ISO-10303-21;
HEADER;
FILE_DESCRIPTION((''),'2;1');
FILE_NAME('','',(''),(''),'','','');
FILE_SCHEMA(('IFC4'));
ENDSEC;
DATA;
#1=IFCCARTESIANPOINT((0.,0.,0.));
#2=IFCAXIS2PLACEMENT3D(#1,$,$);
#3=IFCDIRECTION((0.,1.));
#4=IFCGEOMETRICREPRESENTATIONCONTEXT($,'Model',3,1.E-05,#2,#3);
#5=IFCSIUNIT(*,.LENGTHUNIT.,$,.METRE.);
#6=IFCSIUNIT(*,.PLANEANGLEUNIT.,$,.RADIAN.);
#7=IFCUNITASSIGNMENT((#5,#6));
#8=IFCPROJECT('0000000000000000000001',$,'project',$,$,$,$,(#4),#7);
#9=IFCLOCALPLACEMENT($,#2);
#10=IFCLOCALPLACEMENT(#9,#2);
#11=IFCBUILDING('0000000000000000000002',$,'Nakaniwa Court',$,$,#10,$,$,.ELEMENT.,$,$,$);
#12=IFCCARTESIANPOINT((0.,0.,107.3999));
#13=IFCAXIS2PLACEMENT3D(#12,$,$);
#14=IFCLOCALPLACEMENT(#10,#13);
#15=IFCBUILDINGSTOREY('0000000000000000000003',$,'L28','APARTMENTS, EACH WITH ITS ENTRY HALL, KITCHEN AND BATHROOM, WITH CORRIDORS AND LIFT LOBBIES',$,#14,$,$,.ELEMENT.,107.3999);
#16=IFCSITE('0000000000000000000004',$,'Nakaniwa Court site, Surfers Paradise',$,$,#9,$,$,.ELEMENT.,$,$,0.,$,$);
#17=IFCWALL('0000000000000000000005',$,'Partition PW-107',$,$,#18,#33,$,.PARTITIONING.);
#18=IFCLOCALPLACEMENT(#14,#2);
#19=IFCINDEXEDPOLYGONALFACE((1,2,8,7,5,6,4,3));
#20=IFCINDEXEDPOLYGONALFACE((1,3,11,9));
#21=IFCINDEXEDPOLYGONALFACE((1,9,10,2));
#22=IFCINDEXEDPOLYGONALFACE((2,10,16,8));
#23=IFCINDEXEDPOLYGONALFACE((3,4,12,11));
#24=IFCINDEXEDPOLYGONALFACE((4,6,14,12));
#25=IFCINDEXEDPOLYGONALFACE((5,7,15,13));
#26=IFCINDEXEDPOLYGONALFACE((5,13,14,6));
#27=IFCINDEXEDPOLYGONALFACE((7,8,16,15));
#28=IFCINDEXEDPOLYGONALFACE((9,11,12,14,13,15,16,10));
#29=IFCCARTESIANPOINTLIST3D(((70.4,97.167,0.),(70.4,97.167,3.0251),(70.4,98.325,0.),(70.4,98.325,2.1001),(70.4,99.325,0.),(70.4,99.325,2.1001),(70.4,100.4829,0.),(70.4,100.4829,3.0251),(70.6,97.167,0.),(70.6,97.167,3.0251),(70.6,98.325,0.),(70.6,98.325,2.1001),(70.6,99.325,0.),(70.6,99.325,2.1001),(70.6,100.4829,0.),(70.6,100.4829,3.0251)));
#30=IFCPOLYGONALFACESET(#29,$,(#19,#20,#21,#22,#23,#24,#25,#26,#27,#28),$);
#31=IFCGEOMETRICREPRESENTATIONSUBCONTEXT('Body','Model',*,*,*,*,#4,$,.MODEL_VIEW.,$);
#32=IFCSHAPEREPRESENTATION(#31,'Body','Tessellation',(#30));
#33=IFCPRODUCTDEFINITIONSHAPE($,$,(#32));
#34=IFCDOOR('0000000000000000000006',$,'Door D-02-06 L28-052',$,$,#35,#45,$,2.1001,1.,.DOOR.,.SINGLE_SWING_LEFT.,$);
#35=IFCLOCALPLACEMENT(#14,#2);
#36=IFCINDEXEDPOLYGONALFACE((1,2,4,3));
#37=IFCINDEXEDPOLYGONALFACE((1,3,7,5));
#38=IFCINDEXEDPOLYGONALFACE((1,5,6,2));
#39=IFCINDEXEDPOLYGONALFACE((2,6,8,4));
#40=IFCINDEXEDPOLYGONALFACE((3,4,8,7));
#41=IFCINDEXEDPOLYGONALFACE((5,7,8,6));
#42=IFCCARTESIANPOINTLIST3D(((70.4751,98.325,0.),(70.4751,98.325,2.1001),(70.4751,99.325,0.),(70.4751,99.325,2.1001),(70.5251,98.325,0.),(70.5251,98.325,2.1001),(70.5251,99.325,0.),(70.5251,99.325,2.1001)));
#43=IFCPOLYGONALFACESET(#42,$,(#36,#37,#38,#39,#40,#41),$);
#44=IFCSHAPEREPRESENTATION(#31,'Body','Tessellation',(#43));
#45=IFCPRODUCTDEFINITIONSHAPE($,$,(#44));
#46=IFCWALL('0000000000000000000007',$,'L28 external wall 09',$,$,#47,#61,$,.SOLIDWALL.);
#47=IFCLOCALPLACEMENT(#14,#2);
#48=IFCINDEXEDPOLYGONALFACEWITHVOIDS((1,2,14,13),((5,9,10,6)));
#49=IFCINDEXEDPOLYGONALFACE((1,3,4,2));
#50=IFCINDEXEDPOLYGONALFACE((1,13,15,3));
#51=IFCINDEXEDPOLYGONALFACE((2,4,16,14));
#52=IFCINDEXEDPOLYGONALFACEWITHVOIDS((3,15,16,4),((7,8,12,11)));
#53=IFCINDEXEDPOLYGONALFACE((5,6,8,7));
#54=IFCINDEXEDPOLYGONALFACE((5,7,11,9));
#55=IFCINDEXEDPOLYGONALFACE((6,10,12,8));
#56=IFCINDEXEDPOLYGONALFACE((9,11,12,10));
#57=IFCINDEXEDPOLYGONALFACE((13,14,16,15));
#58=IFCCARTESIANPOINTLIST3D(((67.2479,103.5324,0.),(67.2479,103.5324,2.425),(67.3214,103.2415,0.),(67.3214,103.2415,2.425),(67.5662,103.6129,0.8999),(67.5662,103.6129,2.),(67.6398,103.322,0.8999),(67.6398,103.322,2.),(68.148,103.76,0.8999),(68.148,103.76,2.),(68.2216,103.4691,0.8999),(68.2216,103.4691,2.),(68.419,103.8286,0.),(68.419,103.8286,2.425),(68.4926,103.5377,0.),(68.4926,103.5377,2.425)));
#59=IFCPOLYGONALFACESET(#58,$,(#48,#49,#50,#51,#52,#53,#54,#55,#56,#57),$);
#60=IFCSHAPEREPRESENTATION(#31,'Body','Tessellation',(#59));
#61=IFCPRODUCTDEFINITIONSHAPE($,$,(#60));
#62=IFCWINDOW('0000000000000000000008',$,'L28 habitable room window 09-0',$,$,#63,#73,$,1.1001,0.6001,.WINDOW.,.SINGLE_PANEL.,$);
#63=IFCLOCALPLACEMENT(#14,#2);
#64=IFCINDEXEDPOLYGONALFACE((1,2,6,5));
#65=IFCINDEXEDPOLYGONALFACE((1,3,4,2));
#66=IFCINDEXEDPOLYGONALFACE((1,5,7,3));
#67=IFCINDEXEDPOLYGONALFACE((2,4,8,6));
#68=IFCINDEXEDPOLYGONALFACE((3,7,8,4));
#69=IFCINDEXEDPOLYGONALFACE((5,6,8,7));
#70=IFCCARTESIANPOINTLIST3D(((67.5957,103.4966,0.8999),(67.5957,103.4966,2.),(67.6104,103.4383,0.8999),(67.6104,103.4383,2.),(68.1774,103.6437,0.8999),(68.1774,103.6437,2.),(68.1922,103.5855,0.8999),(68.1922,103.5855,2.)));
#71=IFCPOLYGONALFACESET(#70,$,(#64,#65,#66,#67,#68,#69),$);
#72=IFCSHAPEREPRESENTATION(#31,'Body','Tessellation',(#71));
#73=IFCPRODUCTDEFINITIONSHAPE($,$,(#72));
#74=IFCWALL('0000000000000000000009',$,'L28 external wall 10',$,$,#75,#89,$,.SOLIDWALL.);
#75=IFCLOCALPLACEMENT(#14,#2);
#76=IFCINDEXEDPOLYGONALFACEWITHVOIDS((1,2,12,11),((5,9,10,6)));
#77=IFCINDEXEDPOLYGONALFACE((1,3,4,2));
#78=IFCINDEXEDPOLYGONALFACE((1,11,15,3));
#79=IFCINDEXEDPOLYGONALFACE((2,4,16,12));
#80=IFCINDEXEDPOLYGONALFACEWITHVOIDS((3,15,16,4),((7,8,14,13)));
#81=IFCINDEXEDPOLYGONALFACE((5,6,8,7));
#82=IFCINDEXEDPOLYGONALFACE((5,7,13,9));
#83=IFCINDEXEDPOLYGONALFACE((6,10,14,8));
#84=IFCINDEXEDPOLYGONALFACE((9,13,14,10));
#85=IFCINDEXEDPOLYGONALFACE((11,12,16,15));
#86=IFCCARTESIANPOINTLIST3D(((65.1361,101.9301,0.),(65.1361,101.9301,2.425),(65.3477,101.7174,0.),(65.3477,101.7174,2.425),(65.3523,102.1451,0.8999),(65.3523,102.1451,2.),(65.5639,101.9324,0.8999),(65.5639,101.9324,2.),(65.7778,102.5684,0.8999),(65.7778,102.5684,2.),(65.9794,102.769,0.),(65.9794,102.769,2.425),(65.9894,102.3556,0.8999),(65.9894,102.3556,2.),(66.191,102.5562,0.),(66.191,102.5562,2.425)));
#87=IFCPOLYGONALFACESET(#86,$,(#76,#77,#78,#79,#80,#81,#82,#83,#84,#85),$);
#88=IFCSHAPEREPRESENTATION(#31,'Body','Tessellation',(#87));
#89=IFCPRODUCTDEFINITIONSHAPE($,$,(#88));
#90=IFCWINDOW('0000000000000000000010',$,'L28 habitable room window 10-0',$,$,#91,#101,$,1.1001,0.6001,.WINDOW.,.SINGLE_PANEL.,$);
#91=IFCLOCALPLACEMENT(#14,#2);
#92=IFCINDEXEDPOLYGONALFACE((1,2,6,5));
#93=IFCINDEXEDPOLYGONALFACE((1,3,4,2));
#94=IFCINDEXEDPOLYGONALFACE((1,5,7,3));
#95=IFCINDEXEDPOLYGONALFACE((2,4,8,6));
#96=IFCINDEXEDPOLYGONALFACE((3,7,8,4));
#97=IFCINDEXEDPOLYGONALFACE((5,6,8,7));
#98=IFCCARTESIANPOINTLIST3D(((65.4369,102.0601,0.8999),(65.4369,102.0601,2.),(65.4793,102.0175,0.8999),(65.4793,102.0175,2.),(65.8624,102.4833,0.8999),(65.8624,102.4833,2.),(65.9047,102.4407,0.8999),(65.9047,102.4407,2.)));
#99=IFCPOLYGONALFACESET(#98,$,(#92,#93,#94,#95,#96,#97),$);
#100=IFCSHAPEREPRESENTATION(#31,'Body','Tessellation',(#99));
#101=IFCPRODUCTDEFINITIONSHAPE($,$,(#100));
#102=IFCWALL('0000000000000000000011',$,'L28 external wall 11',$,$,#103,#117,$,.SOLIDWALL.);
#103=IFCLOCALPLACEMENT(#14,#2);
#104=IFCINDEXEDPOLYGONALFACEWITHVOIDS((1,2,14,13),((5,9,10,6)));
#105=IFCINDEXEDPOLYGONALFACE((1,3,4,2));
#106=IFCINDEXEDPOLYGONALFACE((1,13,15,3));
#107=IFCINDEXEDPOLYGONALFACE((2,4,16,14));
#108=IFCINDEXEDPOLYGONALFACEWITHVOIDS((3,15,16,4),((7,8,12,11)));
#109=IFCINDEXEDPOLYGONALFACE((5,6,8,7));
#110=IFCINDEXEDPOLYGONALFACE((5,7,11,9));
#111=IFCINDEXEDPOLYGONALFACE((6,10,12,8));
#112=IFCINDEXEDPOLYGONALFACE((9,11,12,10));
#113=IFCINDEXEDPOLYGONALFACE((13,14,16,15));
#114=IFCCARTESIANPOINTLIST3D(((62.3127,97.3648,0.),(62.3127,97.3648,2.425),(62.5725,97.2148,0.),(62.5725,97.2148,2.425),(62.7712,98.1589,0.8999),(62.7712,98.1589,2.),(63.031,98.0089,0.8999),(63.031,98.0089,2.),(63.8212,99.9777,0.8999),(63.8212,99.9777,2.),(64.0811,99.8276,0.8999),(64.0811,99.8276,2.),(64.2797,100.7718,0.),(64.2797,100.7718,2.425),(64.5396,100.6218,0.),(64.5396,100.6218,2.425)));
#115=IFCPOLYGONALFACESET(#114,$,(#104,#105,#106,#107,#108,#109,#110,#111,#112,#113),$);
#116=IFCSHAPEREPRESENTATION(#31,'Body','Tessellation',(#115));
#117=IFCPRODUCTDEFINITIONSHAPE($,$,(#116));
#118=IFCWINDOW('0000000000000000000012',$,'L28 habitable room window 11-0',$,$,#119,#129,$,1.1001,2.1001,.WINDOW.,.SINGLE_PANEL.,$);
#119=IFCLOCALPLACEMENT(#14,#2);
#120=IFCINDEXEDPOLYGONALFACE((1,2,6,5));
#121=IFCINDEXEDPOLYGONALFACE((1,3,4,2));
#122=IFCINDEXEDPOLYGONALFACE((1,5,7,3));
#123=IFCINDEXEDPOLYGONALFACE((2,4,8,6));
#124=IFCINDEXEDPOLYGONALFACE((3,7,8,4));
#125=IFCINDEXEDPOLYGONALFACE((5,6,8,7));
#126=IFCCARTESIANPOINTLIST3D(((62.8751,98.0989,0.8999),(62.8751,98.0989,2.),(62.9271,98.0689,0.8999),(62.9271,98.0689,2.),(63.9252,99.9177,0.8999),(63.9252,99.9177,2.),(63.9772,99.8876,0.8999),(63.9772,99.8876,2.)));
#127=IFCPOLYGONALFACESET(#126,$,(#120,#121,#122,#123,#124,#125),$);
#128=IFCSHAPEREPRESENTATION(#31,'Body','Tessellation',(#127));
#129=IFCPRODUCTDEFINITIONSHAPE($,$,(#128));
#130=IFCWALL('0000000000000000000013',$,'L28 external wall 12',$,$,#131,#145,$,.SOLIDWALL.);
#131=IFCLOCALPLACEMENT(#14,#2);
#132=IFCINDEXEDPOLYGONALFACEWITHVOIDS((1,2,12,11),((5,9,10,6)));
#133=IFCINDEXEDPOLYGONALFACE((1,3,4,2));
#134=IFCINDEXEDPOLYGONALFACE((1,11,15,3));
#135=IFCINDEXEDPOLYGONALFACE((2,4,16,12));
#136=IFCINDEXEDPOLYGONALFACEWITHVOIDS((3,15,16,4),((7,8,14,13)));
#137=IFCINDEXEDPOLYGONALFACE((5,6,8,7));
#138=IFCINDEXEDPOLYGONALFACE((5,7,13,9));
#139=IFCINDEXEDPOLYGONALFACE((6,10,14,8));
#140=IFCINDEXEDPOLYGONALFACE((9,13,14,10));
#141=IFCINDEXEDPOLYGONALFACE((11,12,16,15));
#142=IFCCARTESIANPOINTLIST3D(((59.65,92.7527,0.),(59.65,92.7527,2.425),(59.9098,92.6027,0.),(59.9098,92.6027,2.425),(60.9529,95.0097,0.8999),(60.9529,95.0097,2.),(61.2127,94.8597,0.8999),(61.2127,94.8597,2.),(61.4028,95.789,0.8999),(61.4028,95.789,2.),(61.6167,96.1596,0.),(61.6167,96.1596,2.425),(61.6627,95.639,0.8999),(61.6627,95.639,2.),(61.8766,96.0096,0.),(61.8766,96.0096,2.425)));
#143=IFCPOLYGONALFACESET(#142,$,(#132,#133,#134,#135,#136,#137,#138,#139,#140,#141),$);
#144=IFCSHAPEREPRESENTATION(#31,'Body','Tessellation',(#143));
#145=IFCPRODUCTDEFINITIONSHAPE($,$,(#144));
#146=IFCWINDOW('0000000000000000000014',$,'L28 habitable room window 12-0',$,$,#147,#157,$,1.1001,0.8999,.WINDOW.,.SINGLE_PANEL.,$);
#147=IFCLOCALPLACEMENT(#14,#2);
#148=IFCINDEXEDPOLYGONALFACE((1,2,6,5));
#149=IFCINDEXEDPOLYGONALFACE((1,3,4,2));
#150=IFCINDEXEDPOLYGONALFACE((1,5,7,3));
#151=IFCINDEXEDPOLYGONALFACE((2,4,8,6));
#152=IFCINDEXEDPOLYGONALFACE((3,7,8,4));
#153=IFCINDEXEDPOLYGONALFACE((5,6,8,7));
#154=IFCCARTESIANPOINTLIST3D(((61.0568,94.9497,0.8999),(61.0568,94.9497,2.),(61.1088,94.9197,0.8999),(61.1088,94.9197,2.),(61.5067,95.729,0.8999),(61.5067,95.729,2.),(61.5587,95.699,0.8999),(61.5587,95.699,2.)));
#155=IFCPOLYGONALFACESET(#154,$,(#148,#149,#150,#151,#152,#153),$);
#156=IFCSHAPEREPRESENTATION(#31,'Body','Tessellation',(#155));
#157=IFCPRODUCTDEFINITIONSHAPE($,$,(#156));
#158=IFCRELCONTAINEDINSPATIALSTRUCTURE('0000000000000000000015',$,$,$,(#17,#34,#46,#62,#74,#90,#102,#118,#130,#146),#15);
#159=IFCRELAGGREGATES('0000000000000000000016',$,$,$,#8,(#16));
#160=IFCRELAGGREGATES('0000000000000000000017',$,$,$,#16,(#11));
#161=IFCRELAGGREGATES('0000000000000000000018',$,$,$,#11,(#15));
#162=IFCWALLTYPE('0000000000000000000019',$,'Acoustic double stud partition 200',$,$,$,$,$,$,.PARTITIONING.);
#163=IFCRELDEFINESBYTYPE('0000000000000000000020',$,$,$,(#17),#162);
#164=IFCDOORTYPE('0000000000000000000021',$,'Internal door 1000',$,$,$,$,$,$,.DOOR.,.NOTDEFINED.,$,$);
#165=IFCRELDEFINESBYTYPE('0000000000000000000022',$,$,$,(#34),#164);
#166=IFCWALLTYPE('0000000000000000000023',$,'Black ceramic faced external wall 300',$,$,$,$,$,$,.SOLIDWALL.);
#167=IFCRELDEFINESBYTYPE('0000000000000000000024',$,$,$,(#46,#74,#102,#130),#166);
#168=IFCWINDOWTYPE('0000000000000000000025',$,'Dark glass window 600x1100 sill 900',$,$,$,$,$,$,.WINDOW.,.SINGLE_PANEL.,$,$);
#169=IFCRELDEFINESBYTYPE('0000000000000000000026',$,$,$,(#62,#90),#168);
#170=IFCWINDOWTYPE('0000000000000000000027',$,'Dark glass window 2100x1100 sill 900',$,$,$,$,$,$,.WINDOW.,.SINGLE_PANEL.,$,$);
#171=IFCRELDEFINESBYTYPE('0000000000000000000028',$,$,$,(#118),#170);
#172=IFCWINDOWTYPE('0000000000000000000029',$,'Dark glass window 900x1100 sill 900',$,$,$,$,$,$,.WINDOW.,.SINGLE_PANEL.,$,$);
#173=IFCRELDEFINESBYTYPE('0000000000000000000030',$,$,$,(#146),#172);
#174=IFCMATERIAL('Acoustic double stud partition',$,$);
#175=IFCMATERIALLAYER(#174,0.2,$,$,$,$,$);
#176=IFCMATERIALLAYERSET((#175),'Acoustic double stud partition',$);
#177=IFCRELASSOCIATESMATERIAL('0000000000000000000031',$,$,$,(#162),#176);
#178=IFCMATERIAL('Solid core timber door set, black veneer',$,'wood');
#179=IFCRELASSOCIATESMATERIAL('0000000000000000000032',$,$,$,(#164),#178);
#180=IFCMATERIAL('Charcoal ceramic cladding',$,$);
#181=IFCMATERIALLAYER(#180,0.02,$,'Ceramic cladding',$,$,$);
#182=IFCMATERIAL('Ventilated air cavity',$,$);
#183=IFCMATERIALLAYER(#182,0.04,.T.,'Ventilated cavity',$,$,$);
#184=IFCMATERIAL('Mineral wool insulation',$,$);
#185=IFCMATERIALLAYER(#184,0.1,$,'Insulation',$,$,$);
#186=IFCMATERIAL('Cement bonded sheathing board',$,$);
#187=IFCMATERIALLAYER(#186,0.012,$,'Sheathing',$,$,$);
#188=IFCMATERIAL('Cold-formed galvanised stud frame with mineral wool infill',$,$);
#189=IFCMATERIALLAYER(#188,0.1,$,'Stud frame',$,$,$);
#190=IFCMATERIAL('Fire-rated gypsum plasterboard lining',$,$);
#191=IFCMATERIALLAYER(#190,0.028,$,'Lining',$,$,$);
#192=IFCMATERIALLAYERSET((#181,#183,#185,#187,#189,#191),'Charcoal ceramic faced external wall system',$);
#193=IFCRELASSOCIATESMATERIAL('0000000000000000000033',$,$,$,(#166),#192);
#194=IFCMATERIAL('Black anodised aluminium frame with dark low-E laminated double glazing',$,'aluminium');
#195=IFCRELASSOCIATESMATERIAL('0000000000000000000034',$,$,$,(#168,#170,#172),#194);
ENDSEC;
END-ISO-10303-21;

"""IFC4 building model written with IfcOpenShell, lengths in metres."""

from ifc_helpers import new_model, si_unit, direction, frame, frame_2d, origin, place, context, subcontext, project, spatial, rectangle, extrude, material, layer, layer_set, type_object, element, fill, save


model = new_model("IFC4")

# Units and contexts
model_context = context("Model", 3, precision=1e-05, world=origin(), true_north=direction((0.0, 1.0)))
body_context = subcontext(model_context, "Body", "Model", "MODEL_VIEW")
ifc_project = project(units=[si_unit("LENGTHUNIT", "METRE"), si_unit("PLANEANGLEUNIT", "RADIAN")], contexts=[model_context])

# Site, building, storey
site_placement = place(None, origin())
site = spatial("IfcSite", under=ifc_project, at=site_placement, Name="Nakaniwa Court site, Surfers Paradise", CompositionType="ELEMENT", RefElevation=0.0)
building_placement = place(site_placement, origin())
building = spatial("IfcBuilding", under=site, at=building_placement, Name="Nakaniwa Court", CompositionType="ELEMENT")
storey_placement = place(building_placement, frame((0.0, 0.0, 107.3999)))
storey = spatial("IfcBuildingStorey", under=building, at=storey_placement, Name="L28", Description="APARTMENTS, EACH WITH ITS ENTRY HALL, KITCHEN AND BATHROOM, WITH CORRIDORS AND LIFT LOBBIES", CompositionType="ELEMENT", Elevation=107.3999)

# Shared definitions
ifc_material_1 = material(Name="Acoustic double stud partition")
ifc_layer_1 = layer(ifc_material_1, 0.2)
ifc_layer_set_1 = layer_set([ifc_layer_1], Name="Acoustic double stud partition")
wall_type_1 = type_object("IfcWallType", Name="Acoustic double stud partition 200", PredefinedType="PARTITIONING", material=ifc_layer_set_1)

# Wall, opening, door
wall_1_placement = place(storey_placement, frame((70.5, 97.167, 0.0), z_axis=(0.0, 0.0, 1.0), x_axis=(0.0, 1.0, 0.0)))
wall_1 = element("IfcWall", 1, at=wall_1_placement, inside=storey, type_object=wall_type_1, Name="Partition PW-107", PredefinedType="PARTITIONING", context=body_context, shape_type="SweptSolid", body=[
    extrude(rectangle(XDim=3.3159, YDim=0.2, at=frame_2d((1.658, 0.0))), origin(), (0.0, 0.0, 1.0), 3.0251),
])
opening_1_placement = place(wall_1_placement, frame((1.158, 0.0, 0.0)))
opening_1 = element("IfcOpeningElement", 2, at=opening_1_placement, cuts=wall_1, PredefinedType="OPENING", context=body_context, shape_type="SweptSolid", body=[
    extrude(rectangle(XDim=1.0, YDim=2.1001, at=frame_2d((0.5, 1.05))), frame((0.0, 0.1099, 0.0), z_axis=(0.0, -1.0, 0.0), x_axis=(1.0, 0.0, 0.0)), (0.0, 0.0, 1.0), 0.22),
])
ifc_material_2 = material(Name="Solid core timber door set, black veneer", Category="wood")
door_type = type_object("IfcDoorType", Name="Internal door 1000", OperationType="NOTDEFINED", PredefinedType="DOOR", material=ifc_material_2)
door_placement = place(opening_1_placement, origin())
door = element("IfcDoor", 3, at=door_placement, inside=storey, type_object=door_type, Name="Door D-02-06 L28-052", OperationType="SINGLE_SWING_LEFT", OverallHeight=2.1001, OverallWidth=1.0, PredefinedType="DOOR", context=body_context, shape_type="SweptSolid", body=[
    extrude(rectangle(XDim=1.0, YDim=2.1001, at=frame_2d((0.5, 1.05))), frame((0.0, 0.0249, 0.0), z_axis=(0.0, -1.0, 0.0), x_axis=(1.0, 0.0, 0.0)), (0.0, 0.0, 1.0), 0.05),
])
fill(opening_1, door)

# Walls, openings, windows
ifc_material_3 = material(Name="Charcoal ceramic cladding")
ifc_layer_2 = layer(ifc_material_3, 0.02, Name="Ceramic cladding")
ifc_material_4 = material(Name="Ventilated air cavity")
ifc_layer_3 = layer(ifc_material_4, 0.04, ventilated=True, Name="Ventilated cavity")
ifc_material_5 = material(Name="Mineral wool insulation")
ifc_layer_4 = layer(ifc_material_5, 0.1, Name="Insulation")
ifc_material_6 = material(Name="Cement bonded sheathing board")
ifc_layer_5 = layer(ifc_material_6, 0.012, Name="Sheathing")
ifc_material_7 = material(Name="Cold-formed galvanised stud frame with mineral wool infill")
ifc_layer_6 = layer(ifc_material_7, 0.1, Name="Stud frame")
ifc_material_8 = material(Name="Fire-rated gypsum plasterboard lining")
ifc_layer_7 = layer(ifc_material_8, 0.028, Name="Lining")
ifc_layer_set_2 = layer_set([ifc_layer_2, ifc_layer_3, ifc_layer_4, ifc_layer_5, ifc_layer_6, ifc_layer_7], Name="Charcoal ceramic faced external wall system")
wall_type_2 = type_object("IfcWallType", Name="Black ceramic faced external wall 300", PredefinedType="SOLIDWALL", material=ifc_layer_set_2)
wall_2_placement = place(storey_placement, frame((68.4558, 103.6831, 0.0), z_axis=(0.0, 0.0, 1.0), x_axis=(-0.969485, -0.24515, 0.0)))
wall_2 = element("IfcWall", 4, at=wall_2_placement, inside=storey, type_object=wall_type_2, Name="L28 external wall 09", PredefinedType="SOLIDWALL", context=body_context, shape_type="SweptSolid", body=[
    extrude(rectangle(XDim=1.208, YDim=0.3, at=frame_2d((0.604, 0.0))), origin(), (0.0, 0.0, 1.0), 2.425),
])
opening_2_placement = place(wall_2_placement, frame((0.2795, 0.0, 0.8999)))
opening_2 = element("IfcOpeningElement", 5, at=opening_2_placement, cuts=wall_2, PredefinedType="OPENING", context=body_context, shape_type="SweptSolid", body=[
    extrude(rectangle(XDim=0.6001, YDim=1.1001, at=frame_2d((0.3, 0.55))), frame((0.0, 0.1599, 0.0), z_axis=(0.0, -1.0, 0.0), x_axis=(1.0, 0.0, 0.0)), (0.0, 0.0, 1.0), 0.3201),
])
ifc_material_9 = material(Name="Black anodised aluminium frame with dark low-E laminated double glazing", Category="aluminium")
window_type_1 = type_object("IfcWindowType", Name="Dark glass window 600x1100 sill 900", PartitioningType="SINGLE_PANEL", PredefinedType="WINDOW", material=ifc_material_9)
window_1_placement = place(opening_2_placement, origin())
window_1 = element("IfcWindow", 6, at=window_1_placement, inside=storey, type_object=window_type_1, Name="L28 habitable room window 09-0", OverallHeight=1.1001, OverallWidth=0.6001, PartitioningType="SINGLE_PANEL", PredefinedType="WINDOW", context=body_context, shape_type="SweptSolid", body=[
    extrude(rectangle(XDim=0.6001, YDim=1.1001, at=frame_2d((0.3, 0.55))), frame((0.0, 0.03, 0.0), z_axis=(0.0, -1.0, 0.0), x_axis=(1.0, 0.0, 0.0)), (0.0, 0.0, 1.0), 0.0601),
])
fill(opening_2, window_1)
wall_3_placement = place(storey_placement, frame((66.0852, 102.6626, 0.0), z_axis=(0.0, 0.0, 1.0), x_axis=(-0.708952, -0.705257, 0.0)))
wall_3 = element("IfcWall", 7, at=wall_3_placement, inside=storey, type_object=wall_type_2, Name="L28 external wall 10", PredefinedType="SOLIDWALL", context=body_context, shape_type="SweptSolid", body=[
    extrude(rectangle(XDim=1.1895, YDim=0.3, at=frame_2d((0.5947, 0.0))), origin(), (0.0, 0.0, 1.0), 2.425),
])
opening_3_placement = place(wall_3_placement, frame((0.2844, 0.0, 0.8999)))
opening_3 = element("IfcOpeningElement", 8, at=opening_3_placement, cuts=wall_3, PredefinedType="OPENING", context=body_context, shape_type="SweptSolid", body=[
    extrude(rectangle(XDim=0.6001, YDim=1.1001, at=frame_2d((0.3, 0.55))), frame((0.0, 0.1599, 0.0), z_axis=(0.0, -1.0, 0.0), x_axis=(1.0, 0.0, 0.0)), (0.0, 0.0, 1.0), 0.3201),
])
window_2_placement = place(opening_3_placement, origin())
window_2 = element("IfcWindow", 9, at=window_2_placement, inside=storey, type_object=window_type_1, Name="L28 habitable room window 10-0", OverallHeight=1.1001, OverallWidth=0.6001, PartitioningType="SINGLE_PANEL", PredefinedType="WINDOW", context=body_context, shape_type="SweptSolid", body=[
    extrude(rectangle(XDim=0.6001, YDim=1.1001, at=frame_2d((0.3, 0.55))), frame((0.0, 0.03, 0.0), z_axis=(0.0, -1.0, 0.0), x_axis=(1.0, 0.0, 0.0)), (0.0, 0.0, 1.0), 0.0601),
])
fill(opening_3, window_2)
wall_4_placement = place(storey_placement, frame((64.4097, 100.6968, 0.0), z_axis=(0.0, 0.0, 1.0), x_axis=(-0.500004, -0.866023, 0.0)))
wall_4 = element("IfcWall", 10, at=wall_4_placement, inside=storey, type_object=wall_type_2, Name="L28 external wall 11", PredefinedType="SOLIDWALL", context=body_context, shape_type="SweptSolid", body=[
    extrude(rectangle(XDim=3.9341, YDim=0.3, at=frame_2d((1.967, 0.0))), origin(), (0.0, 0.0, 1.0), 2.425),
])
opening_4_placement = place(wall_4_placement, frame((0.917, 0.0, 0.8999)))
opening_4 = element("IfcOpeningElement", 11, at=opening_4_placement, cuts=wall_4, PredefinedType="OPENING", context=body_context, shape_type="SweptSolid", body=[
    extrude(rectangle(XDim=2.1001, YDim=1.1001, at=frame_2d((1.05, 0.55))), frame((0.0, 0.1599, 0.0), z_axis=(0.0, -1.0, 0.0), x_axis=(1.0, 0.0, 0.0)), (0.0, 0.0, 1.0), 0.3201),
])
window_type_2 = type_object("IfcWindowType", Name="Dark glass window 2100x1100 sill 900", PartitioningType="SINGLE_PANEL", PredefinedType="WINDOW", material=ifc_material_9)
window_3_placement = place(opening_4_placement, origin())
window_3 = element("IfcWindow", 12, at=window_3_placement, inside=storey, type_object=window_type_2, Name="L28 habitable room window 11-0", OverallHeight=1.1001, OverallWidth=2.1001, PartitioningType="SINGLE_PANEL", PredefinedType="WINDOW", context=body_context, shape_type="SweptSolid", body=[
    extrude(rectangle(XDim=2.1001, YDim=1.1001, at=frame_2d((1.05, 0.55))), frame((0.0, 0.03, 0.0), z_axis=(0.0, -1.0, 0.0), x_axis=(1.0, 0.0, 0.0)), (0.0, 0.0, 1.0), 0.0601),
])
fill(opening_4, window_3)
wall_5_placement = place(storey_placement, frame((61.7466, 96.0845, 0.0), z_axis=(0.0, 0.0, 1.0), x_axis=(-0.499957, -0.86605, 0.0)))
wall_5 = element("IfcWall", 13, at=wall_5_placement, inside=storey, type_object=wall_type_2, Name="L28 external wall 12", PredefinedType="SOLIDWALL", context=body_context, shape_type="SweptSolid", body=[
    extrude(rectangle(XDim=3.9338, YDim=0.3, at=frame_2d((1.9668, 0.0))), origin(), (0.0, 0.0, 1.0), 2.425),
])
opening_5_placement = place(wall_5_placement, frame((0.4277, 0.0, 0.8999)))
opening_5 = element("IfcOpeningElement", 14, at=opening_5_placement, cuts=wall_5, PredefinedType="OPENING", context=body_context, shape_type="SweptSolid", body=[
    extrude(rectangle(XDim=0.8999, YDim=1.1001, at=frame_2d((0.45, 0.55))), frame((0.0, 0.1599, 0.0), z_axis=(0.0, -1.0, 0.0), x_axis=(1.0, 0.0, 0.0)), (0.0, 0.0, 1.0), 0.3201),
])
window_type_3 = type_object("IfcWindowType", Name="Dark glass window 900x1100 sill 900", PartitioningType="SINGLE_PANEL", PredefinedType="WINDOW", material=ifc_material_9)
window_4_placement = place(opening_5_placement, origin())
window_4 = element("IfcWindow", 15, at=window_4_placement, inside=storey, type_object=window_type_3, Name="L28 habitable room window 12-0", OverallHeight=1.1001, OverallWidth=0.8999, PartitioningType="SINGLE_PANEL", PredefinedType="WINDOW", context=body_context, shape_type="SweptSolid", body=[
    extrude(rectangle(XDim=0.8999, YDim=1.1001, at=frame_2d((0.45, 0.55))), frame((0.0, 0.03, 0.0), z_axis=(0.0, -1.0, 0.0), x_axis=(1.0, 0.0, 0.0)), (0.0, 0.0, 1.0), 0.0601),
])
fill(opening_5, window_4)

save(model, "model.ifc")
